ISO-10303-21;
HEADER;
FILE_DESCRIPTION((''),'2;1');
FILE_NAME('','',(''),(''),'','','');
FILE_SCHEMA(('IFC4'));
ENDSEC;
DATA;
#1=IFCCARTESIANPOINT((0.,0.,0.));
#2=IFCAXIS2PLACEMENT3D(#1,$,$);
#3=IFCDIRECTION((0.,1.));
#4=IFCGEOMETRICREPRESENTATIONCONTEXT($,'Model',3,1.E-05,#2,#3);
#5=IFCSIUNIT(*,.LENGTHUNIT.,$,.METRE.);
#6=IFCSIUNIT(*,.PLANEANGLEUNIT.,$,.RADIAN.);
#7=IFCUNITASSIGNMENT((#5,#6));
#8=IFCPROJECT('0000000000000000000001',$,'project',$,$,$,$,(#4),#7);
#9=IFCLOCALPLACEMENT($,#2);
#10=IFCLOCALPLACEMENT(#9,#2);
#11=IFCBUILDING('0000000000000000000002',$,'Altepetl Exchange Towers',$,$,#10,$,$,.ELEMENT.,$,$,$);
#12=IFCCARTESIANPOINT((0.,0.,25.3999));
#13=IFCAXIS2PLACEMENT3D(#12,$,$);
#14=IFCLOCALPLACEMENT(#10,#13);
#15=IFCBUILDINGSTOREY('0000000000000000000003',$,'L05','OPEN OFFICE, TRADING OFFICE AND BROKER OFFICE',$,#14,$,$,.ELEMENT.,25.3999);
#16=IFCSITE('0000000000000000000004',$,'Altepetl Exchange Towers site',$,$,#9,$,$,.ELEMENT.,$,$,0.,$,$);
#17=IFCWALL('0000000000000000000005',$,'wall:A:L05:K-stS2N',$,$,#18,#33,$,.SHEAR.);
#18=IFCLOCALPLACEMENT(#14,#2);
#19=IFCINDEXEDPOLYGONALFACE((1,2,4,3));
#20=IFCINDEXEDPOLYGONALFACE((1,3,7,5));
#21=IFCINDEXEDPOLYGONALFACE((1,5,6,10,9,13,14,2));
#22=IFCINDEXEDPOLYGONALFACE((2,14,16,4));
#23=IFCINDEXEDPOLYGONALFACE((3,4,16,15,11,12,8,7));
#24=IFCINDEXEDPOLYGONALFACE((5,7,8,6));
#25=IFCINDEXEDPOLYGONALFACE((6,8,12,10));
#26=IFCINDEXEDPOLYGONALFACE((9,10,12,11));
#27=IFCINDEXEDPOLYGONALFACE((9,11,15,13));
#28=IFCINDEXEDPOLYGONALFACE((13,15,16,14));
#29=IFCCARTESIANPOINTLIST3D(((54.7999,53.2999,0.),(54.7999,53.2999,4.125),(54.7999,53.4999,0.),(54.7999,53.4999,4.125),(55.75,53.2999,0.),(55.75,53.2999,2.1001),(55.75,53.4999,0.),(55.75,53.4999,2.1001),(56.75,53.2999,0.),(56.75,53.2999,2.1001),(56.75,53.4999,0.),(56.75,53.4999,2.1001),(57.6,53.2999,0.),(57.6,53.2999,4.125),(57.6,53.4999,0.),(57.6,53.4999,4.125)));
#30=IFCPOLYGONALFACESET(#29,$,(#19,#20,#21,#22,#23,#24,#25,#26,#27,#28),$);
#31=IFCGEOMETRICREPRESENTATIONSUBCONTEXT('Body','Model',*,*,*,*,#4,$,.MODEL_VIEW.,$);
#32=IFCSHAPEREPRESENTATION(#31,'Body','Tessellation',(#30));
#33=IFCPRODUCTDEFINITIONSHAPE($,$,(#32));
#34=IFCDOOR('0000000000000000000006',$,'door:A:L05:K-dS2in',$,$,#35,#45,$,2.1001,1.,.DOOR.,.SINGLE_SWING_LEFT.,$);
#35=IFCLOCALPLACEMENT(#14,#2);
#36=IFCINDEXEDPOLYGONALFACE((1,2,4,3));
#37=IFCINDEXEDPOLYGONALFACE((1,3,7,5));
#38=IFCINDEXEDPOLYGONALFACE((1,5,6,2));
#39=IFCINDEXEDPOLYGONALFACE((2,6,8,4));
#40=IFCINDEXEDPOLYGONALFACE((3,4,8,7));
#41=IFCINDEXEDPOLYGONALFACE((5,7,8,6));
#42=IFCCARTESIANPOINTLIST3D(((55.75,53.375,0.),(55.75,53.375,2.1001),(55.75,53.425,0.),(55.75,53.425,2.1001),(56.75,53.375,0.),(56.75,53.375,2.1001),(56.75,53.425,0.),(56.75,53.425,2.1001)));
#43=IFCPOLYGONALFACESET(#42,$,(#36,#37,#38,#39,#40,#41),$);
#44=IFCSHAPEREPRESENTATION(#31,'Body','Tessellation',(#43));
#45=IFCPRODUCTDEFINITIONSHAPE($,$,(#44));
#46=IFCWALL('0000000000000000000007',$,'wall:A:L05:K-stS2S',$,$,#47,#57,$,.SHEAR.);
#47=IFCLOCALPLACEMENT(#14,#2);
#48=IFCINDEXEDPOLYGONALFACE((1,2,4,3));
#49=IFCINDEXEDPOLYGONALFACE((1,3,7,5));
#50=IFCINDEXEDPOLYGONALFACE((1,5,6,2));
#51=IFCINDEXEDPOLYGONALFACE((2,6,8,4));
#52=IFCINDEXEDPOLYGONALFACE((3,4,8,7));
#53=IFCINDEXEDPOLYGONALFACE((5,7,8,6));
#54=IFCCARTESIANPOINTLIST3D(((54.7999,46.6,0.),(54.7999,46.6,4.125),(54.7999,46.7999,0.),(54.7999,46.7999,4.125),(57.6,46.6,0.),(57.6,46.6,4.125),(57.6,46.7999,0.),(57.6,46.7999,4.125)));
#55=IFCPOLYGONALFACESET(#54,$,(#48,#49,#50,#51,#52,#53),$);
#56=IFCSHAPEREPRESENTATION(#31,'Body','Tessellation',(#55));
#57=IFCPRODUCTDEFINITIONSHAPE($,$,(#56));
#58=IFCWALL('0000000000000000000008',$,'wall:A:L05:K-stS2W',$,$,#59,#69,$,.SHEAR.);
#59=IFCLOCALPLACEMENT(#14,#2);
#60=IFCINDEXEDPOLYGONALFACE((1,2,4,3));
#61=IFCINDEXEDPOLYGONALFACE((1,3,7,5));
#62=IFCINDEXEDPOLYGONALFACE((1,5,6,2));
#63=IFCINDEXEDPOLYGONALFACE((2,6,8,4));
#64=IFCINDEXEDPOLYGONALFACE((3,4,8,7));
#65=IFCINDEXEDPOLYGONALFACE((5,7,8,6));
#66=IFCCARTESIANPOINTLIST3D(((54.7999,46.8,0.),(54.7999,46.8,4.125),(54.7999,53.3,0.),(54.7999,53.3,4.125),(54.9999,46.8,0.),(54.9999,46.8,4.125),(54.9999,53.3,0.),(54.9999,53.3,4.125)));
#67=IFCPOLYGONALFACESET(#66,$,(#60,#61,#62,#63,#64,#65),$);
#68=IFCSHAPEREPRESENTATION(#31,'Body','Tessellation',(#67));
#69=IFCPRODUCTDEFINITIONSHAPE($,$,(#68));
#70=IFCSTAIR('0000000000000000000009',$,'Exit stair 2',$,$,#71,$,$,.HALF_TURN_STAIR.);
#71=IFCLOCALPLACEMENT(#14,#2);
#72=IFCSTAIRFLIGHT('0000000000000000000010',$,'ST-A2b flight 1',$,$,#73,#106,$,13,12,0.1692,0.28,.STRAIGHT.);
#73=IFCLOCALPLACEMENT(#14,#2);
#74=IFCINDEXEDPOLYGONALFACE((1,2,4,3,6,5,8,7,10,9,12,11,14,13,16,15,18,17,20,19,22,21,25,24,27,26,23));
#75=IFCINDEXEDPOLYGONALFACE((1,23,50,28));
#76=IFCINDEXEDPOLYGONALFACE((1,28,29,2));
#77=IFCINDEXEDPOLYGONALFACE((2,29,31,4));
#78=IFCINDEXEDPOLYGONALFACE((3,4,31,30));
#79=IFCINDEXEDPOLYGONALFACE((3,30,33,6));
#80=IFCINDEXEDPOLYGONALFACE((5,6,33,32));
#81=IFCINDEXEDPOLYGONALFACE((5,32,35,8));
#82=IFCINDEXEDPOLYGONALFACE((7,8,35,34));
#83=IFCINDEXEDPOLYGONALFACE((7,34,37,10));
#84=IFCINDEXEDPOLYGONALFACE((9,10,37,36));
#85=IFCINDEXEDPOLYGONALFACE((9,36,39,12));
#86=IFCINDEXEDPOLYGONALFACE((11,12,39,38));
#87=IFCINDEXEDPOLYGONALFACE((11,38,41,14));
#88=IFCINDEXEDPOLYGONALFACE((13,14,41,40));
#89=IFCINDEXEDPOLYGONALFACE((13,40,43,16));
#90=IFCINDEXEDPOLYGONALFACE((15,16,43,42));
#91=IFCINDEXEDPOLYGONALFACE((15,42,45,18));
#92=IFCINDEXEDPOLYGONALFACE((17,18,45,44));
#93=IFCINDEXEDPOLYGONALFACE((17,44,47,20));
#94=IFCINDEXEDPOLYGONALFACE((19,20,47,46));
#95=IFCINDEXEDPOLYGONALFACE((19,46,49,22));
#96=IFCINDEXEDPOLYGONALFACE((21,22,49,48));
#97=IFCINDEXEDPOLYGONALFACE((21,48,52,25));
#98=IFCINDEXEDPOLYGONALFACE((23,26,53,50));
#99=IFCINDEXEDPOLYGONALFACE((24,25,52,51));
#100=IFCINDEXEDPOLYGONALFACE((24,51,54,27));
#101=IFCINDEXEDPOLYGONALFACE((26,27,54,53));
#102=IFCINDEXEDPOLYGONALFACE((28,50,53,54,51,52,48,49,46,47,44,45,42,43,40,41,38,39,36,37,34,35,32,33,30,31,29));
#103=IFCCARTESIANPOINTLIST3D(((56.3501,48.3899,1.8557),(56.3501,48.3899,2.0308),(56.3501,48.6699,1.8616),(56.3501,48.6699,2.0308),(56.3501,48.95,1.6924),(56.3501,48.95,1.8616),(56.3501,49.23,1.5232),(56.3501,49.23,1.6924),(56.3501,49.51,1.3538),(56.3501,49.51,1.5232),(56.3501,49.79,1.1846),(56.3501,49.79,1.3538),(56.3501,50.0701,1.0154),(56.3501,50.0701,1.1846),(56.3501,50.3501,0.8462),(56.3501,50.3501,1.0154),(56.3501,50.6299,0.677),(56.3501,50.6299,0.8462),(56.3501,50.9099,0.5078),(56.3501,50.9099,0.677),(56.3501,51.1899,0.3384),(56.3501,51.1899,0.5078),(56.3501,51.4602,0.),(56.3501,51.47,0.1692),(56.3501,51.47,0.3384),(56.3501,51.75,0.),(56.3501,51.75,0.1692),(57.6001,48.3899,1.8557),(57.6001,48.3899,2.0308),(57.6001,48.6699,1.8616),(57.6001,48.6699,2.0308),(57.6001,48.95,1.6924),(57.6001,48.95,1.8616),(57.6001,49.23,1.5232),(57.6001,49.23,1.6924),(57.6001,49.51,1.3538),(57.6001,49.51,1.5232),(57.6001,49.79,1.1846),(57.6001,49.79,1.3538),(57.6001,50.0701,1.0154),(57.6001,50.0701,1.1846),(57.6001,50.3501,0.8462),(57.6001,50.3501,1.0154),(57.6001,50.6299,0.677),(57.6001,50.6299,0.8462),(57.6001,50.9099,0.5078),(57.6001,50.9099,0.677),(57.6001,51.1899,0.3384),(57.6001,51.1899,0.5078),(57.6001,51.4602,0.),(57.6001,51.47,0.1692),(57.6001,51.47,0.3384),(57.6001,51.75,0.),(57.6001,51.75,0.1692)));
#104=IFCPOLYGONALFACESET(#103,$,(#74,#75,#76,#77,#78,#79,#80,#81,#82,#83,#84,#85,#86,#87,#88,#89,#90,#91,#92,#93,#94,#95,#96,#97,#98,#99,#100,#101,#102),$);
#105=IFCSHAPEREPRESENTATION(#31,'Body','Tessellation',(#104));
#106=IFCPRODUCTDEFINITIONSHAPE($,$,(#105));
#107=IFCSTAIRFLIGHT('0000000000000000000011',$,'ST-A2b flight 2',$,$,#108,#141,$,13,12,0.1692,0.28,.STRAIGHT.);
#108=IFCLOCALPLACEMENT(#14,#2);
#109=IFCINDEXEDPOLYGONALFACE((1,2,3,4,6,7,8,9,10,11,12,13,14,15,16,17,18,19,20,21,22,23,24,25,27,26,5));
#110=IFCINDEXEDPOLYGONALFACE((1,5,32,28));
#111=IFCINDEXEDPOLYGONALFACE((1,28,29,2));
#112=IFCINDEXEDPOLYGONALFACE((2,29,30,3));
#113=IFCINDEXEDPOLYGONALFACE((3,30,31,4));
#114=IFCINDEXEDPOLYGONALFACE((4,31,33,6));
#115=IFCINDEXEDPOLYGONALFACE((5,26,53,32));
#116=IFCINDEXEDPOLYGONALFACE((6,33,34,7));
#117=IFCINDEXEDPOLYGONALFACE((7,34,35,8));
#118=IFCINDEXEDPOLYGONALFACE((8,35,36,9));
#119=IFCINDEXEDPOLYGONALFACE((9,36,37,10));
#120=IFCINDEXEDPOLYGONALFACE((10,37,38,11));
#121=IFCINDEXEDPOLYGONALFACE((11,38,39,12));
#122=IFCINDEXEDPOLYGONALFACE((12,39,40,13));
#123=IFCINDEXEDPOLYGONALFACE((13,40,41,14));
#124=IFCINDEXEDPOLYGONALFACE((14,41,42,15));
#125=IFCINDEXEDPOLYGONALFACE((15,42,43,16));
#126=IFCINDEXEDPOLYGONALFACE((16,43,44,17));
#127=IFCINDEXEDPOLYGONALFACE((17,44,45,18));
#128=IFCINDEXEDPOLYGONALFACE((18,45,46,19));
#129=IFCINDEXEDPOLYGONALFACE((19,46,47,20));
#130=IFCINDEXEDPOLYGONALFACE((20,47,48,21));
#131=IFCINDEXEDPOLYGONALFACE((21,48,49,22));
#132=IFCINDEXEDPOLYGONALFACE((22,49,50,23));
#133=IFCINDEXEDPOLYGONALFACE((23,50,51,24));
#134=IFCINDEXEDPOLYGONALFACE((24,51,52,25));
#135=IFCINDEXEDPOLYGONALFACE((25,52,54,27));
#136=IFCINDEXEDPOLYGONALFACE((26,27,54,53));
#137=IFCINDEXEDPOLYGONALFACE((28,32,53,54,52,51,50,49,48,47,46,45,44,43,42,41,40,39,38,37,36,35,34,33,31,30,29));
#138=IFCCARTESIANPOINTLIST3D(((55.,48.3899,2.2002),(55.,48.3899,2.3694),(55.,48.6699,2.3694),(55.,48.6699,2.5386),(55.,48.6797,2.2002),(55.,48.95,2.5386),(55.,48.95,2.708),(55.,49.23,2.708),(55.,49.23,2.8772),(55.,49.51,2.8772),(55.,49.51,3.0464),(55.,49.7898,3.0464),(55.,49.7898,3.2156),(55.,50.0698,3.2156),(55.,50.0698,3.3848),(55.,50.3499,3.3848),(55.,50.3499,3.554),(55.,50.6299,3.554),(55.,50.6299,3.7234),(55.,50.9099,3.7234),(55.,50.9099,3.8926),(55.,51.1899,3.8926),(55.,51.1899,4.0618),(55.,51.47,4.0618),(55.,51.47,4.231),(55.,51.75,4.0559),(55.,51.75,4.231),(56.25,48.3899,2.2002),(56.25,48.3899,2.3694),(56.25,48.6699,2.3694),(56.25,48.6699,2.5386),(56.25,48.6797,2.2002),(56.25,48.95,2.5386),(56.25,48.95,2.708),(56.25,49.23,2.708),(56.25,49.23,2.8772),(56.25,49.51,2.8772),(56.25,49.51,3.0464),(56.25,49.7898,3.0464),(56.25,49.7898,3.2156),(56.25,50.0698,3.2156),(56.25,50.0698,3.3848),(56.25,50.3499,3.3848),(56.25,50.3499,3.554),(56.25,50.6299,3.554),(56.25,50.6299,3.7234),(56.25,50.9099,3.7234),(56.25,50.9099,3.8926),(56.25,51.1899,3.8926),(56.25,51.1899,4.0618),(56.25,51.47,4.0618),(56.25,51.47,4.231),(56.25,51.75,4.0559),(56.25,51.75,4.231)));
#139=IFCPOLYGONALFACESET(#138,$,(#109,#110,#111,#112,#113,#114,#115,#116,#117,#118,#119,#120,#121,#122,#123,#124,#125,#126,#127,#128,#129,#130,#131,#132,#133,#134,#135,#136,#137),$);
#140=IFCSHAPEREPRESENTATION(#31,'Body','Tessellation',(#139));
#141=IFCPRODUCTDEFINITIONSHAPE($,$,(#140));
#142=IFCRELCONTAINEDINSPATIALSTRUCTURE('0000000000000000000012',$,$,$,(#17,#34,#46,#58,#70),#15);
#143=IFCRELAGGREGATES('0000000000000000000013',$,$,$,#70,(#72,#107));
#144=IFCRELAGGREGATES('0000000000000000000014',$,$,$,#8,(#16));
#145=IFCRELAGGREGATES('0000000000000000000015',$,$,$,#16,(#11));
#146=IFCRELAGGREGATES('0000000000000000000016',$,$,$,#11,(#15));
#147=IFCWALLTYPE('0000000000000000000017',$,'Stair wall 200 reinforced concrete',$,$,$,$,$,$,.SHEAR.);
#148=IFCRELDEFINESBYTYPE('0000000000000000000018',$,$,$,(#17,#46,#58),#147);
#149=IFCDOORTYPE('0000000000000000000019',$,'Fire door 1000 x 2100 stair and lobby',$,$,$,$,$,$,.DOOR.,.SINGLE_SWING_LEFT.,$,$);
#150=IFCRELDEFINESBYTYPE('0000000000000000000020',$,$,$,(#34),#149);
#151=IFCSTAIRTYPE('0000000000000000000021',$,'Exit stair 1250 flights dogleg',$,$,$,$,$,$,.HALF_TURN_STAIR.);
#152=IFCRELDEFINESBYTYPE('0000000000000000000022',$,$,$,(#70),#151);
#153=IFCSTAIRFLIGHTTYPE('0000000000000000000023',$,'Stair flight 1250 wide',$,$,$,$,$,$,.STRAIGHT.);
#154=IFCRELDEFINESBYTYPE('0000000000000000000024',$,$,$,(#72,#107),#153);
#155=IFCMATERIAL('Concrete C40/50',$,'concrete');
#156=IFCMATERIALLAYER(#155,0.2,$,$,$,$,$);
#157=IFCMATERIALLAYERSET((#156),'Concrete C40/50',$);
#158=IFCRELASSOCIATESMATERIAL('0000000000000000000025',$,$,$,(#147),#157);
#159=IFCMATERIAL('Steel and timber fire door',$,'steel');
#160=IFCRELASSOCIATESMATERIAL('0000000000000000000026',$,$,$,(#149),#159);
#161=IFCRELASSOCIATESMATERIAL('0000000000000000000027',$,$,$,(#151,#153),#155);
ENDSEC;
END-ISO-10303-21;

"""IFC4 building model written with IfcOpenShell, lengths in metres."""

from ifc_helpers import new_model, si_unit, direction, frame, frame_2d, origin, place, context, subcontext, project, spatial, polyline, rectangle, outline, extrude, material, layer, layer_set, type_object, element, fill, aggregate, save


model = new_model("IFC4")

# Units and contexts
model_context = context("Model", 3, precision=1e-05, world=origin(), true_north=direction((0.0, 1.0)))
body_context = subcontext(model_context, "Body", "Model", "MODEL_VIEW")
ifc_project = project(units=[si_unit("LENGTHUNIT", "METRE"), si_unit("PLANEANGLEUNIT", "RADIAN")], contexts=[model_context])

# Site, building, storey
site_placement = place(None, origin())
site = spatial("IfcSite", under=ifc_project, at=site_placement, Name="Altepetl Exchange Towers site", CompositionType="ELEMENT", RefElevation=0.0)
building_placement = place(site_placement, origin())
building = spatial("IfcBuilding", under=site, at=building_placement, Name="Altepetl Exchange Towers", CompositionType="ELEMENT")
storey_placement = place(building_placement, frame((0.0, 0.0, 25.3999)))
storey = spatial("IfcBuildingStorey", under=building, at=storey_placement, Name="L05", Description="OPEN OFFICE, TRADING OFFICE AND BROKER OFFICE", CompositionType="ELEMENT", Elevation=25.3999)

# Shared definitions
ifc_material_1 = material(Name="Concrete C40/50", Category="concrete")

# Wall, opening, door
ifc_layer_1 = layer(ifc_material_1, 0.2)
ifc_layer_set_1 = layer_set([ifc_layer_1], Name="Concrete C40/50")
wall_type_1 = type_object("IfcWallType", Name="Stair wall 200 reinforced concrete", PredefinedType="SHEAR", material=ifc_layer_set_1)
wall_1_placement = place(storey_placement, frame((54.8, 53.3999, 0.0)))
wall_1 = element("IfcWall", 1, at=wall_1_placement, inside=storey, type_object=wall_type_1, Name="wall:A:L05:K-stS2N", PredefinedType="SHEAR", context=body_context, shape_type="SweptSolid", body=[
    extrude(rectangle(XDim=2.8, YDim=0.2, at=frame_2d((1.3999, 0.0))), origin(), (0.0, 0.0, 1.0), 4.125),
])
opening_placement = place(wall_1_placement, frame((0.95, 0.0, 0.0)))
opening = element("IfcOpeningElement", 2, at=opening_placement, cuts=wall_1, PredefinedType="OPENING", context=body_context, shape_type="SweptSolid", body=[
    extrude(rectangle(XDim=1.0, YDim=2.1001, at=frame_2d((0.5, 1.05))), frame((0.0, 0.1099, 0.0), z_axis=(0.0, -1.0, 0.0), x_axis=(1.0, 0.0, 0.0)), (0.0, 0.0, 1.0), 0.22),
])
ifc_material_2 = material(Name="Steel and timber fire door", Category="steel")
door_type = type_object("IfcDoorType", Name="Fire door 1000 x 2100 stair and lobby", OperationType="SINGLE_SWING_LEFT", PredefinedType="DOOR", material=ifc_material_2)
door_placement = place(opening_placement, frame((1.0, 0.0, 0.0), x_axis=(-1.0, 0.0, 0.0)))
door = element("IfcDoor", 3, at=door_placement, inside=storey, type_object=door_type, Name="door:A:L05:K-dS2in", OperationType="SINGLE_SWING_LEFT", OverallHeight=2.1001, OverallWidth=1.0, PredefinedType="DOOR", context=body_context, shape_type="SweptSolid", body=[
    extrude(rectangle(XDim=1.0, YDim=2.1001, at=frame_2d((0.5, 1.05))), frame((0.0, 0.0249, 0.0), z_axis=(0.0, -1.0, 0.0), x_axis=(1.0, 0.0, 0.0)), (0.0, 0.0, 1.0), 0.05),
])
fill(opening, door)

# Walls
wall_2_placement = place(storey_placement, frame((54.8, 46.7, 0.0)))
element("IfcWall", 4, at=wall_2_placement, inside=storey, type_object=wall_type_1, Name="wall:A:L05:K-stS2S", PredefinedType="SHEAR", context=body_context, shape_type="SweptSolid", body=[
    extrude(rectangle(XDim=2.8, YDim=0.2, at=frame_2d((1.3999, 0.0))), origin(), (0.0, 0.0, 1.0), 4.125),
])
wall_3_placement = place(storey_placement, frame((54.8999, 46.8, 0.0), z_axis=(0.0, 0.0, 1.0), x_axis=(0.0, 1.0, 0.0)))
element("IfcWall", 5, at=wall_3_placement, inside=storey, type_object=wall_type_1, Name="wall:A:L05:K-stS2W", PredefinedType="SHEAR", context=body_context, shape_type="SweptSolid", body=[
    extrude(rectangle(XDim=6.5, YDim=0.2, at=frame_2d((3.25, 0.0))), origin(), (0.0, 0.0, 1.0), 4.125),
])

# Stair, stair flights
stair_type = type_object("IfcStairType", Name="Exit stair 1250 flights dogleg", PredefinedType="HALF_TURN_STAIR", material=ifc_material_1)
stair_placement = place(storey_placement, origin())
stair = element("IfcStair", 6, at=stair_placement, inside=storey, type_object=stair_type, Name="Exit stair 2", PredefinedType="HALF_TURN_STAIR")
stair_flight_type = type_object("IfcStairFlightType", Name="Stair flight 1250 wide", PredefinedType="STRAIGHT", material=ifc_material_1)
stair_flight_1_placement = place(storey_placement, frame((56.9751, 51.75, 0.0), z_axis=(0.0, 0.0, 1.0), x_axis=(0.0, -1.0, 0.0)))
stair_flight_1 = element("IfcStairFlight", 7, at=stair_flight_1_placement, type_object=stair_flight_type, Name="ST-A2b flight 1", NumberOfRisers=13, NumberOfTreads=12, PredefinedType="STRAIGHT", RiserHeight=0.1692, TreadLength=0.28, context=body_context, shape_type="SweptSolid", body=[
    extrude(outline(polyline([(0.0, 0.0), (0.0, 0.1692), (0.28, 0.1692), (0.28, 0.3384), (0.5601, 0.3384), (0.5601, 0.5078), (0.8401, 0.5078), (0.8401, 0.677), (1.1201, 0.677), (1.1201, 0.8462), (1.3999, 0.8462), (1.3999, 1.0154), (1.6799, 1.0154), (1.6799, 1.1846), (1.96, 1.1846), (1.96, 1.3538), (2.24, 1.3538), (2.24, 1.5232), (2.52, 1.5232), (2.52, 1.6924), (2.8, 1.6924), (2.8, 1.8616), (3.0801, 1.8616), (3.0801, 2.0308), (3.3601, 2.0308), (3.3601, 2.2), (3.3601, 1.8557), (0.2898, 0.0), (0.0, 0.0)])), frame((0.0, 0.625, 0.0), z_axis=(0.0, -1.0, 0.0), x_axis=(1.0, 0.0, 0.0)), (0.0, 0.0, 1.0), 1.25),
])
stair_flight_2_placement = place(storey_placement, frame((55.625, 48.3899, 2.2002), z_axis=(0.0, 0.0, 1.0), x_axis=(0.0, 1.0, 0.0)))
stair_flight_2 = element("IfcStairFlight", 8, at=stair_flight_2_placement, type_object=stair_flight_type, Name="ST-A2b flight 2", NumberOfRisers=13, NumberOfTreads=12, PredefinedType="STRAIGHT", RiserHeight=0.1692, TreadLength=0.28, context=body_context, shape_type="SweptSolid", body=[
    extrude(outline(polyline([(0.0, 0.0), (0.0, 0.1692), (0.28, 0.1692), (0.28, 0.3384), (0.5601, 0.3384), (0.5601, 0.5078), (0.8401, 0.5078), (0.8401, 0.677), (1.1201, 0.677), (1.1201, 0.8462), (1.3999, 0.8462), (1.3999, 1.0154), (1.6799, 1.0154), (1.6799, 1.1846), (1.96, 1.1846), (1.96, 1.3538), (2.24, 1.3538), (2.24, 1.5232), (2.52, 1.5232), (2.52, 1.6924), (2.8, 1.6924), (2.8, 1.8616), (3.0801, 1.8616), (3.0801, 2.0308), (3.3601, 2.0308), (3.3601, 2.2), (3.3601, 1.8557), (0.2898, 0.0), (0.0, 0.0)])), frame((0.0, 0.625, 0.0), z_axis=(0.0, -1.0, 0.0), x_axis=(1.0, 0.0, 0.0)), (0.0, 0.0, 1.0), 1.25),
])
aggregate(stair, [stair_flight_1, stair_flight_2])

save(model, "model.ifc")
